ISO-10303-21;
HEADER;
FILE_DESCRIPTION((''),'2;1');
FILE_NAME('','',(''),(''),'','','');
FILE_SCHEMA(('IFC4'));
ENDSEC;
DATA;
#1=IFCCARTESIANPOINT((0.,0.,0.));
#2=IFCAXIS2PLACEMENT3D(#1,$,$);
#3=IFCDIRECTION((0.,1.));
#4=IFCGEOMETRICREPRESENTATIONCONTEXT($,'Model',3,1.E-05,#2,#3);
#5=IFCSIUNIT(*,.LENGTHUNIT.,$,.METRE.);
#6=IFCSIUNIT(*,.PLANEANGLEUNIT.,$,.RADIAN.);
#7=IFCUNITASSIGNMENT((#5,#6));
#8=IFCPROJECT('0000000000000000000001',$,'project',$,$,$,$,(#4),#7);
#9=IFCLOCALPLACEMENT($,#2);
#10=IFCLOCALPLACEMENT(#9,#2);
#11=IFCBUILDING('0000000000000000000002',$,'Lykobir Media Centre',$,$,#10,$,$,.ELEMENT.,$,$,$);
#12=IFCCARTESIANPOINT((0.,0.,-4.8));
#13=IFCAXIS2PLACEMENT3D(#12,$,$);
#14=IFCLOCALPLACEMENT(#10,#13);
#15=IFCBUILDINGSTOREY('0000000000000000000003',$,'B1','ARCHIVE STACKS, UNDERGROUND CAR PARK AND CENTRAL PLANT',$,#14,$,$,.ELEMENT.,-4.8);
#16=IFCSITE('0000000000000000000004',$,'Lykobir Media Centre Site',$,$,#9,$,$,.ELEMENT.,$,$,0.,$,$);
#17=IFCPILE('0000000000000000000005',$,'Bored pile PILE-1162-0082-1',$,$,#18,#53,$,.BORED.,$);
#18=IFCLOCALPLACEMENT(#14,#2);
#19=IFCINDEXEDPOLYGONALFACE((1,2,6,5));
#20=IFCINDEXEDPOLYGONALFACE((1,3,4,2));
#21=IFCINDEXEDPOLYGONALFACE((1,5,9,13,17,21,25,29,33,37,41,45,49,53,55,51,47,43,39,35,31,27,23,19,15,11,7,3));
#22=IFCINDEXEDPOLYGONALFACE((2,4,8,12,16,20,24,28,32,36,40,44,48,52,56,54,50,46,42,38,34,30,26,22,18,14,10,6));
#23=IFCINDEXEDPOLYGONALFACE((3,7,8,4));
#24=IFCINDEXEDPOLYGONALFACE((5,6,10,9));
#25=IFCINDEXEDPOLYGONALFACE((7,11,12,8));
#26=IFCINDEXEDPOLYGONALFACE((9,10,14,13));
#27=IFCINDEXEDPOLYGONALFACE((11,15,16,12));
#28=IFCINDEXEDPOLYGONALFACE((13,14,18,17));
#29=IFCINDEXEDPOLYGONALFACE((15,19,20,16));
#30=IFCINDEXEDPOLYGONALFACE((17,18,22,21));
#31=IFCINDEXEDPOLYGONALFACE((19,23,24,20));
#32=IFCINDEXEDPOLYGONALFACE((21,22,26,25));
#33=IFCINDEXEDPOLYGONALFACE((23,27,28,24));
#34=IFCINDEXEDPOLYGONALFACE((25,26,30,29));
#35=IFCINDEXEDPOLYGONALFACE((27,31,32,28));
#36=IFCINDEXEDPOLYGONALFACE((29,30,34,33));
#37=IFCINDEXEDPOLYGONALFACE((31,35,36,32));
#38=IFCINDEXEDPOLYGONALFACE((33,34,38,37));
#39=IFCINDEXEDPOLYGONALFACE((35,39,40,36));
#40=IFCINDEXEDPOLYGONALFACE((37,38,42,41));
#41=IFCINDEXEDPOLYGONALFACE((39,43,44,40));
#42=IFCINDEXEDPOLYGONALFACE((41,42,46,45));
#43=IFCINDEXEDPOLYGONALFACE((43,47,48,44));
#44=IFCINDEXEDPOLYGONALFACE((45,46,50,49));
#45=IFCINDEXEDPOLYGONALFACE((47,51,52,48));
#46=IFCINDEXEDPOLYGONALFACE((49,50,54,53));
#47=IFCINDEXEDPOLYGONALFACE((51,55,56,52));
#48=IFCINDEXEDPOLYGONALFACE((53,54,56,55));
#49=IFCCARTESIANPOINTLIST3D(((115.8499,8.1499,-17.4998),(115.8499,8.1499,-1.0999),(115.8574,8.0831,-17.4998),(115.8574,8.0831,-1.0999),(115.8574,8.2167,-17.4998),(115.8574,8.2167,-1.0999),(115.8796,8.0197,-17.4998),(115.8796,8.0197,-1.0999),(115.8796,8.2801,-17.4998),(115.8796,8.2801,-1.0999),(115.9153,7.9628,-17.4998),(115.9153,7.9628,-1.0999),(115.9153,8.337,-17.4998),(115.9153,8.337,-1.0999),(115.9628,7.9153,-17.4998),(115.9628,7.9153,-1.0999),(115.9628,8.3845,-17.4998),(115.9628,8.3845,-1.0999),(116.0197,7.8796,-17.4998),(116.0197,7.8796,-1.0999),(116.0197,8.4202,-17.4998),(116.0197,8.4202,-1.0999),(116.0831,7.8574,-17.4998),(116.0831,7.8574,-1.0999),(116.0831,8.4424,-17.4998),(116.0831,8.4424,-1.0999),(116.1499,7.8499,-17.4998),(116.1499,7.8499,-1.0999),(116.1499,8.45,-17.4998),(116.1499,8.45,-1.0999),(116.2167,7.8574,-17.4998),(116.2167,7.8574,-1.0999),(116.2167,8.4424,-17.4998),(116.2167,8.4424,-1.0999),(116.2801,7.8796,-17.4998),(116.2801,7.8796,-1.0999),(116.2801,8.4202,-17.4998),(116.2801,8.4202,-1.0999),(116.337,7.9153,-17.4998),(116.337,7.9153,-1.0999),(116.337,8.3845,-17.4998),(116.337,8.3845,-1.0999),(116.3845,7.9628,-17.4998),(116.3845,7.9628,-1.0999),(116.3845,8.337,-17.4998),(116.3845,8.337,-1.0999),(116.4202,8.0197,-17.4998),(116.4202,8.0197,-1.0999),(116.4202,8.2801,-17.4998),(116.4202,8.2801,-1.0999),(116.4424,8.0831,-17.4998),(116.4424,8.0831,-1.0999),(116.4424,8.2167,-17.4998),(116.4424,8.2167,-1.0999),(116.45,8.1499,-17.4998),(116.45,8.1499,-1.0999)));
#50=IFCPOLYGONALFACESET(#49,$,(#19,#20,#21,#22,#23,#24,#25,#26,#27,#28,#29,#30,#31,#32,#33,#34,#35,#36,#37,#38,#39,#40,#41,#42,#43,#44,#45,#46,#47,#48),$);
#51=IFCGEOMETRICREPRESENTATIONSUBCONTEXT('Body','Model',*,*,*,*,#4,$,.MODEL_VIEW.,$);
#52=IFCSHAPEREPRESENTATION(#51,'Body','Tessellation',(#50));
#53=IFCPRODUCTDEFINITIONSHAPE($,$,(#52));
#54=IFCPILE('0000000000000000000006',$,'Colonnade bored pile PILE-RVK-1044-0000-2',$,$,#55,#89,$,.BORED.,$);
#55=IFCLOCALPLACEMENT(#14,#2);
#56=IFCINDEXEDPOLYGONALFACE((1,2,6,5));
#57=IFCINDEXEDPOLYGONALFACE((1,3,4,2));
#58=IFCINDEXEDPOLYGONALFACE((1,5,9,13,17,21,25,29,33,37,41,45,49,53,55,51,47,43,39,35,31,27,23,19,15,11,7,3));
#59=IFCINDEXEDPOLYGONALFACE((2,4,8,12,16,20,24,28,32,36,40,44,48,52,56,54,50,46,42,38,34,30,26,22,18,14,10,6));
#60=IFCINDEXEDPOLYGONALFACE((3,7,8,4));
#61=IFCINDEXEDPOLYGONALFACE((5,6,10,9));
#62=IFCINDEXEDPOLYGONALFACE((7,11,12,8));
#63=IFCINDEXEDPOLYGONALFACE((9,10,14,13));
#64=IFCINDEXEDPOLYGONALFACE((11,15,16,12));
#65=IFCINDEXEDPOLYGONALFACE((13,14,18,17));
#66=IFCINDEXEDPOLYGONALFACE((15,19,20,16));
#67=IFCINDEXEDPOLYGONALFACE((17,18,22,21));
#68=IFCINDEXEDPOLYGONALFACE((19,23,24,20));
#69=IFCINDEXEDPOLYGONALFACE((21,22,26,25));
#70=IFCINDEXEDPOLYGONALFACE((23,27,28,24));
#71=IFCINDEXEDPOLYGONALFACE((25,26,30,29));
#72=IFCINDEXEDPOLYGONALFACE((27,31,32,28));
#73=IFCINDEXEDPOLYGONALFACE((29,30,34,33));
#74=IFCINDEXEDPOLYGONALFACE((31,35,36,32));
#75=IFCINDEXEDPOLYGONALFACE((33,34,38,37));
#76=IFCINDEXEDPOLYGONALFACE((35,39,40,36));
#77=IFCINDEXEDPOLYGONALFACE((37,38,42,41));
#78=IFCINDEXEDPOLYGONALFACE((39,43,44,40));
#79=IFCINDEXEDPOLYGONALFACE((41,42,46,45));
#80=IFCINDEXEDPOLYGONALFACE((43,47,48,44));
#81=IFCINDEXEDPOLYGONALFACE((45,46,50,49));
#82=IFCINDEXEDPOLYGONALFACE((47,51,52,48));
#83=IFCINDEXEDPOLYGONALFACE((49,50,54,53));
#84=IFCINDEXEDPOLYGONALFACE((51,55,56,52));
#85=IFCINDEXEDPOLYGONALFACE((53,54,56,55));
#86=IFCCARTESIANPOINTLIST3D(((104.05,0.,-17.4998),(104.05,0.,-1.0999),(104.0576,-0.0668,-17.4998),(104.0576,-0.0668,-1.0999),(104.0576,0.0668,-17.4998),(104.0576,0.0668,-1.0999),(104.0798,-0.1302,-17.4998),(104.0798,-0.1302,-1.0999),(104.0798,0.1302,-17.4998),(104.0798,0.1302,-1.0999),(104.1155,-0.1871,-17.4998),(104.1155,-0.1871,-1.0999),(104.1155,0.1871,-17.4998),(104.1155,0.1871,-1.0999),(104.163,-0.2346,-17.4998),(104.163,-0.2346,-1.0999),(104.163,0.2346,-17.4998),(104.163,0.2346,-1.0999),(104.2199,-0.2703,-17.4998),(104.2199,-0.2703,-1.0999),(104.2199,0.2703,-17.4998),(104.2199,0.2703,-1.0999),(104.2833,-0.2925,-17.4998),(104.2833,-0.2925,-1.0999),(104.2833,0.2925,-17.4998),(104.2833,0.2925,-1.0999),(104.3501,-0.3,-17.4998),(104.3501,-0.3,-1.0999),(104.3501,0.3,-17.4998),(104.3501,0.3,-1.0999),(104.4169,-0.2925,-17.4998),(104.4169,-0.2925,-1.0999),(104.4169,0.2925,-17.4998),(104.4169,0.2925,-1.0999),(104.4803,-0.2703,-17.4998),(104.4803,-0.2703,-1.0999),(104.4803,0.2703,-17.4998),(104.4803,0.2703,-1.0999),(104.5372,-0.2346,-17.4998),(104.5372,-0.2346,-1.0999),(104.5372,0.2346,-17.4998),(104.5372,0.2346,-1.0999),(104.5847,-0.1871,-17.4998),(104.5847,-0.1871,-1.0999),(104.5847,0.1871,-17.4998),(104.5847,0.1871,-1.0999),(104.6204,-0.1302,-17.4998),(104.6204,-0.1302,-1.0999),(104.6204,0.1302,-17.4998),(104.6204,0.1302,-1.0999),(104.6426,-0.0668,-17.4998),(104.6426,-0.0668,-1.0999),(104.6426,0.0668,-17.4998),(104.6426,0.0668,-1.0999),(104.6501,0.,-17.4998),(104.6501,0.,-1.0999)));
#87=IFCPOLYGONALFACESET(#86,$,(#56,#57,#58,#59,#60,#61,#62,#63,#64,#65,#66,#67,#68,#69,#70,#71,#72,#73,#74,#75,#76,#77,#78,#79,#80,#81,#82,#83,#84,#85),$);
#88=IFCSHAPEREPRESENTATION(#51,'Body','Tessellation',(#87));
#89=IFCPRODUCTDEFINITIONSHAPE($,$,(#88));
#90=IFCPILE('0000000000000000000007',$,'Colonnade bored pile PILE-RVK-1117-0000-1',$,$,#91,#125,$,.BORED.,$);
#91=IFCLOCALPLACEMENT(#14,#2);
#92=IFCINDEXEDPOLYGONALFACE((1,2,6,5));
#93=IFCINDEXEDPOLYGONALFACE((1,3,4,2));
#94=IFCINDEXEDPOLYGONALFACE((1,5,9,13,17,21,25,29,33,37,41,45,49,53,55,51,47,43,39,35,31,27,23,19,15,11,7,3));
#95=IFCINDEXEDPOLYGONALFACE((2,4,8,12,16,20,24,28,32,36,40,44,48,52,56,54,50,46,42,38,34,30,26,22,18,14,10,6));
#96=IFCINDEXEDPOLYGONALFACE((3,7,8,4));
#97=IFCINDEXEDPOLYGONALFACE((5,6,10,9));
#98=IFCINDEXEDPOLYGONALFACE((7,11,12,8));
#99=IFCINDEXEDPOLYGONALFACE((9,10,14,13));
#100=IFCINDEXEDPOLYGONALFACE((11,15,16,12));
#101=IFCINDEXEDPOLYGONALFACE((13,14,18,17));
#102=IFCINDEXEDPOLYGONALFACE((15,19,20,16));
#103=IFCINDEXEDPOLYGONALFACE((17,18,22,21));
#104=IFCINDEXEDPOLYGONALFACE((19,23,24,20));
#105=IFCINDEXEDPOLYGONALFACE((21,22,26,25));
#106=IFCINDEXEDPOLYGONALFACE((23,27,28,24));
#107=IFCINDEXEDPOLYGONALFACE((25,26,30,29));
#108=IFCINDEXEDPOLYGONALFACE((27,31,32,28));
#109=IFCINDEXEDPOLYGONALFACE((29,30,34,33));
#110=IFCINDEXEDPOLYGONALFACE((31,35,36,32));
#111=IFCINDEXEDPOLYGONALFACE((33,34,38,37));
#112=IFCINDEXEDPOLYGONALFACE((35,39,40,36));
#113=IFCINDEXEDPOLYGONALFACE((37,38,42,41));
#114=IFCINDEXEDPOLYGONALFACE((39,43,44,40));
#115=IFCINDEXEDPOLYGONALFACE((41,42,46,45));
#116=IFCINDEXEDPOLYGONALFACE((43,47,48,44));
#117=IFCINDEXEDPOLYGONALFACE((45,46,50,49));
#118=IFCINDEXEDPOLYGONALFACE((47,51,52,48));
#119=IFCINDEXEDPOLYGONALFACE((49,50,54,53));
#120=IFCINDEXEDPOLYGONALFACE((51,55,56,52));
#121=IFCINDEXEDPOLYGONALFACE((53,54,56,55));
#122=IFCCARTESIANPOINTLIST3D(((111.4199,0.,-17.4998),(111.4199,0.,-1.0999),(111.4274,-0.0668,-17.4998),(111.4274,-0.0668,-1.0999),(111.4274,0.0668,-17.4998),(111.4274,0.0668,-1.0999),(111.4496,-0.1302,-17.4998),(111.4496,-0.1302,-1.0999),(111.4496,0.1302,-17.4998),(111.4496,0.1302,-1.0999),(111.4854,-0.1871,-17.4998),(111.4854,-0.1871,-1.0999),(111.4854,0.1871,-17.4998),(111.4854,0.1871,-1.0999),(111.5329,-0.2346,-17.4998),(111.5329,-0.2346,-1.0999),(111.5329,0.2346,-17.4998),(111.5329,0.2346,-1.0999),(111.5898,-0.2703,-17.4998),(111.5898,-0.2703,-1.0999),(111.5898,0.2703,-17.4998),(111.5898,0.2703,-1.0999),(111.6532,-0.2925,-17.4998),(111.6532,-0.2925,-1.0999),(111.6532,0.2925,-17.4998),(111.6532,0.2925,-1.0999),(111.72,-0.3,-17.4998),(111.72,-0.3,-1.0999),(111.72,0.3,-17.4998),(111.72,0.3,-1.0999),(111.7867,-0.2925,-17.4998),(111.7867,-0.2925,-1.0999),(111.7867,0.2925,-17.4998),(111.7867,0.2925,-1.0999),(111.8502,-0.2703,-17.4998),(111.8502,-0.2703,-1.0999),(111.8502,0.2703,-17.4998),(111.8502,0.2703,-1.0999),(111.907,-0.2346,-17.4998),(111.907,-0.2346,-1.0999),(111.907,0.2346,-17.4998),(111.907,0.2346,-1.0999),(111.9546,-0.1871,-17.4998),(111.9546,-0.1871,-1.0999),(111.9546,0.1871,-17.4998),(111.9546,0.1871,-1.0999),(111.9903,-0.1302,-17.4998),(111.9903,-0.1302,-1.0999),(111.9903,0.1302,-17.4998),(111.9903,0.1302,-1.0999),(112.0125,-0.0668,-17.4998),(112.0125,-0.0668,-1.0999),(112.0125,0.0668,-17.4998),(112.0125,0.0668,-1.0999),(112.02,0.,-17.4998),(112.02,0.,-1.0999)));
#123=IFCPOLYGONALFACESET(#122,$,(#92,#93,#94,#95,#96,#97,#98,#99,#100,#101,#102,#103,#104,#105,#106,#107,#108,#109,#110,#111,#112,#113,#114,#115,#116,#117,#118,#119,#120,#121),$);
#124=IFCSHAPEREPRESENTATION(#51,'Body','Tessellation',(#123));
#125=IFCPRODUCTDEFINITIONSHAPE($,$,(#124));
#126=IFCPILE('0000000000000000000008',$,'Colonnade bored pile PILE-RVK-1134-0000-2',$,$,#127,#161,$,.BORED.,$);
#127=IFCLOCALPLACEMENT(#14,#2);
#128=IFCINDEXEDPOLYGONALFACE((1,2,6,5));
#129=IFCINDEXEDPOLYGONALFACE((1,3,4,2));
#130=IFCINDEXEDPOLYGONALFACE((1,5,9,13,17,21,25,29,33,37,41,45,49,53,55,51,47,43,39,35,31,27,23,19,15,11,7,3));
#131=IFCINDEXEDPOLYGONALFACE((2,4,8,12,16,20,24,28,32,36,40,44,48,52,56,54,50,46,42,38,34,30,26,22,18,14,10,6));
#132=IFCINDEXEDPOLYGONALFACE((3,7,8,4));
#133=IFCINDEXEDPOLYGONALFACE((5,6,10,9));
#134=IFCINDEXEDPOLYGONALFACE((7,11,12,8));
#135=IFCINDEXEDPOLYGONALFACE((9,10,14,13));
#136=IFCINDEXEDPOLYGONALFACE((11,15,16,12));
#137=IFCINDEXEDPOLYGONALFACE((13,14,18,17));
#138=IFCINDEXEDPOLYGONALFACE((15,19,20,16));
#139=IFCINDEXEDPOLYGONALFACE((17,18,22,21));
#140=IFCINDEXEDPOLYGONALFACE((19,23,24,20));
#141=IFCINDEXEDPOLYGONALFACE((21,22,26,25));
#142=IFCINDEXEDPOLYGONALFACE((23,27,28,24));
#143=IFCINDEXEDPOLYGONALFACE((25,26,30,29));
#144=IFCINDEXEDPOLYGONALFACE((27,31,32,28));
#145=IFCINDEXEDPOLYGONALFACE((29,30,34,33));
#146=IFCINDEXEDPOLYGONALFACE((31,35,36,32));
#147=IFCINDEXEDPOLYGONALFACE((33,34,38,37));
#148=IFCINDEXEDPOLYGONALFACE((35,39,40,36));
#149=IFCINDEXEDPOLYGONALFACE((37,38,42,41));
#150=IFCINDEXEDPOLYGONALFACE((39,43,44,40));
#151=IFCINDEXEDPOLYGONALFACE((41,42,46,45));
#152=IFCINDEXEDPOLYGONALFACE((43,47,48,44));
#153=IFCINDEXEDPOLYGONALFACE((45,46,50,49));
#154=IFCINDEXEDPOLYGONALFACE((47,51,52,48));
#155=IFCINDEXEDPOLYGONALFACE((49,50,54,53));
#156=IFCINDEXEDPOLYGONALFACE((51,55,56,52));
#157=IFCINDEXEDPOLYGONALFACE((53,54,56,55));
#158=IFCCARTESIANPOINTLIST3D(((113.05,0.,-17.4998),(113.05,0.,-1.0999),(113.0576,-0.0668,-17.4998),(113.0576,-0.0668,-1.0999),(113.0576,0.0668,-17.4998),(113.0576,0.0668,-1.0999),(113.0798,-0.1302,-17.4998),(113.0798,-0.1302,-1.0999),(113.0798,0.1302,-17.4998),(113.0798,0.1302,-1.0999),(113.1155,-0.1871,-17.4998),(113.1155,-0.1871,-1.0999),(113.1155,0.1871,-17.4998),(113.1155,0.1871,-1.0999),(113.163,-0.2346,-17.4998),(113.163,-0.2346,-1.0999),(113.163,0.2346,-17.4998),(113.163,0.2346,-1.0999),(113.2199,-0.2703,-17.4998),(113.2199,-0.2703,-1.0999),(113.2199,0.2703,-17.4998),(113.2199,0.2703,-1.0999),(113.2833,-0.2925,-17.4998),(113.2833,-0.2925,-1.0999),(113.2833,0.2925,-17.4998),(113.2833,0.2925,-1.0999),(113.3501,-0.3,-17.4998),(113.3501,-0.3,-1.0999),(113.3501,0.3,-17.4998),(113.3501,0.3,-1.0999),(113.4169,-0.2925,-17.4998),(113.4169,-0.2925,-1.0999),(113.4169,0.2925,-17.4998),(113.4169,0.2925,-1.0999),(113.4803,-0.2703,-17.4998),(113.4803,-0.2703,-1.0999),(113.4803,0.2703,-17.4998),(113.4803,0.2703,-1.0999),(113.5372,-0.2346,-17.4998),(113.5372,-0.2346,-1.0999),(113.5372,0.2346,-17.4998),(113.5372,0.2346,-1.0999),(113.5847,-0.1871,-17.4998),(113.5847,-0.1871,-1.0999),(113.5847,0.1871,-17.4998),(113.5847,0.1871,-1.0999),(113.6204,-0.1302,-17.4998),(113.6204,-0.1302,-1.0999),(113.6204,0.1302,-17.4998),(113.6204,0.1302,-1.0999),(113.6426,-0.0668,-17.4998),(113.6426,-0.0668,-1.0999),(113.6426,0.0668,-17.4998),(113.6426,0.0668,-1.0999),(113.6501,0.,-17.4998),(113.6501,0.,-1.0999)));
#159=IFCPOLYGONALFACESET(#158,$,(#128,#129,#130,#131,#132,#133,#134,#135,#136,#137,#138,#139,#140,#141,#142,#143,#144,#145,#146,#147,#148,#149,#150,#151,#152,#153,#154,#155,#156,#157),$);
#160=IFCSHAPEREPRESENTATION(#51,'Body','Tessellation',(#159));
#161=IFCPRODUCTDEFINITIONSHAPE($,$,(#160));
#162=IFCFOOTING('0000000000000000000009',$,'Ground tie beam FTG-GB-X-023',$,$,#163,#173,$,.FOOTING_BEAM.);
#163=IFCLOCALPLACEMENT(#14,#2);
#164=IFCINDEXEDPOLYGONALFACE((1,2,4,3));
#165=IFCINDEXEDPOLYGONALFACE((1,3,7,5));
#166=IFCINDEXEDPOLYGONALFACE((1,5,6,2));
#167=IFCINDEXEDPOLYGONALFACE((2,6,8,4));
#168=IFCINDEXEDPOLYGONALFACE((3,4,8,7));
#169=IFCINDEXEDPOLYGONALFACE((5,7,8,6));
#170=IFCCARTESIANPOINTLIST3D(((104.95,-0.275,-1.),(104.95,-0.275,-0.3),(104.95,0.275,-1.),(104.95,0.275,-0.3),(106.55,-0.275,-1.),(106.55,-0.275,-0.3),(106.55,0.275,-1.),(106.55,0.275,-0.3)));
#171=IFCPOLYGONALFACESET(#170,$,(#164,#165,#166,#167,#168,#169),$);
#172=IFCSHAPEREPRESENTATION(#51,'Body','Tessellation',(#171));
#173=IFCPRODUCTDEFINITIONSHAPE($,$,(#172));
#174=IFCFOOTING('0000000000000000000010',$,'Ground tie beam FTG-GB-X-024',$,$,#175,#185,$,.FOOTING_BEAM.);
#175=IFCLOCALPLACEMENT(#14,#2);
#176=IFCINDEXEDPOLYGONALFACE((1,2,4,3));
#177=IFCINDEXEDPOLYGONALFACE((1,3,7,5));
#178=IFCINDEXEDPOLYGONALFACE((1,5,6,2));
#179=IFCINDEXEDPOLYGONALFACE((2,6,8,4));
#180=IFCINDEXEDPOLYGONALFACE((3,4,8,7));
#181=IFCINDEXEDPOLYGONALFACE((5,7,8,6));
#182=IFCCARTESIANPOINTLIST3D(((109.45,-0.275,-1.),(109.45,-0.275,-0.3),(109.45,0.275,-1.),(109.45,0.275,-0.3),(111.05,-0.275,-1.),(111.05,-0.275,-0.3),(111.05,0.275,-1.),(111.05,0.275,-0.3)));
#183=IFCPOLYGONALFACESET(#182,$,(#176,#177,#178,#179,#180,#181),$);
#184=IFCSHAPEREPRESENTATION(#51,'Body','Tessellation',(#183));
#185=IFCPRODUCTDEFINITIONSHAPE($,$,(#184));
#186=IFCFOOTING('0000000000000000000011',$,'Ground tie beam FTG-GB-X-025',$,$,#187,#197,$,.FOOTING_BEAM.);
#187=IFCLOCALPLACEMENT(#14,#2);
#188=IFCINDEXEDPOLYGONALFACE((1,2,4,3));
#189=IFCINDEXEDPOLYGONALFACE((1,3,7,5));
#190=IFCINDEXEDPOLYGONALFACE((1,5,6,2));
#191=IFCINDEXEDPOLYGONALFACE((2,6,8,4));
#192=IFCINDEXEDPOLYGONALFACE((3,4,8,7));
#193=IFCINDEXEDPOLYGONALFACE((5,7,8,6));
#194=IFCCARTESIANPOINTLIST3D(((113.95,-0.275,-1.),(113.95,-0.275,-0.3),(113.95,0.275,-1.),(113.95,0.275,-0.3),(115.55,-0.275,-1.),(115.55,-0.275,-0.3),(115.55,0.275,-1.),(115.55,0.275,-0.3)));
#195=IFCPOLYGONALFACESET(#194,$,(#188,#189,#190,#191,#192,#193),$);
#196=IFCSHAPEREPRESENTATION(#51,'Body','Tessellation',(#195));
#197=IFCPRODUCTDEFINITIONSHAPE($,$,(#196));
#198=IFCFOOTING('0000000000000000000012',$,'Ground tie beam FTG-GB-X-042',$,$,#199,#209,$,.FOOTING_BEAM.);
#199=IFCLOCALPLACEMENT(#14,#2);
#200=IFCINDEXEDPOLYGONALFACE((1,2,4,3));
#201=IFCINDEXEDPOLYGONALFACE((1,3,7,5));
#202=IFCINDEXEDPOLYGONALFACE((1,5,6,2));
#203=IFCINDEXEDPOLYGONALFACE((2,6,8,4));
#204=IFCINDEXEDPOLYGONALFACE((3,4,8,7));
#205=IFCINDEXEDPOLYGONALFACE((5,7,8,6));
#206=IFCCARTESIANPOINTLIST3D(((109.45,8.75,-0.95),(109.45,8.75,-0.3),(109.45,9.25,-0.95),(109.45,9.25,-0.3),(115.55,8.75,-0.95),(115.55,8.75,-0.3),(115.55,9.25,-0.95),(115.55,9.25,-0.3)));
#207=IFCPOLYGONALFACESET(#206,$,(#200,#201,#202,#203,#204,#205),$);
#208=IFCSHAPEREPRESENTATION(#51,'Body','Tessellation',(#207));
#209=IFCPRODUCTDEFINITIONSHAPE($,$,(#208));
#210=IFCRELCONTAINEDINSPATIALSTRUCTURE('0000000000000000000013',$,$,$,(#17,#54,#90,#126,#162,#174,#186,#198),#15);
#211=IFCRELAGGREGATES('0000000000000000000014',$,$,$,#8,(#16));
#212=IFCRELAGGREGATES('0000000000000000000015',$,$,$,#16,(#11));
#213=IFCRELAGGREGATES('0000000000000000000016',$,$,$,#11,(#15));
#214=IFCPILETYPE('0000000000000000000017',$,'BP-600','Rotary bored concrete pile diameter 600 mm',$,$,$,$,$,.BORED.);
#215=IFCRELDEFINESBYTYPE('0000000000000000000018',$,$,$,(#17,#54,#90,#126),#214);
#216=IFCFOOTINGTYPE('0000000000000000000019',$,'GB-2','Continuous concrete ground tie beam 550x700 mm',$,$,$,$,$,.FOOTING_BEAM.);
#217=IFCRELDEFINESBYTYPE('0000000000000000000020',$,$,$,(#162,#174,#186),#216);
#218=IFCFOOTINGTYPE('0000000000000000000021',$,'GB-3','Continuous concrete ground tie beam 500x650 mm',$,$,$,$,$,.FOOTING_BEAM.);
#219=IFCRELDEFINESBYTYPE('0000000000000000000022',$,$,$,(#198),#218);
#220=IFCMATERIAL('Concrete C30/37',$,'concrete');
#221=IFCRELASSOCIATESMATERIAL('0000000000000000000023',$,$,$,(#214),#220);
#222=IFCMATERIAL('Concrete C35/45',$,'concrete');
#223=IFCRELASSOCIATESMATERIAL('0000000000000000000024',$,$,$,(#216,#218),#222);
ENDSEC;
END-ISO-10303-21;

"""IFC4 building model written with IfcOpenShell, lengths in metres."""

from ifc_helpers import new_model, si_unit, direction, frame, origin, origin_2d, place, context, subcontext, project, spatial, rectangle, circle, extrude, material, material_profile, profile_set, type_object, element, save


model = new_model("IFC4")

# Units and contexts
model_context = context("Model", 3, precision=1e-05, world=origin(), true_north=direction((0.0, 1.0)))
body_context = subcontext(model_context, "Body", "Model", "MODEL_VIEW")
ifc_project = project(units=[si_unit("LENGTHUNIT", "METRE"), si_unit("PLANEANGLEUNIT", "RADIAN")], contexts=[model_context])

# Site, building, storey
site_placement = place(None, origin())
site = spatial("IfcSite", under=ifc_project, at=site_placement, Name="Lykobir Media Centre Site", CompositionType="ELEMENT", RefElevation=0.0)
building_placement = place(site_placement, origin())
building = spatial("IfcBuilding", under=site, at=building_placement, Name="Lykobir Media Centre", CompositionType="ELEMENT")
storey_placement = place(building_placement, frame((0.0, 0.0, -4.8)))
storey = spatial("IfcBuildingStorey", under=building, at=storey_placement, Name="B1", Description="ARCHIVE STACKS, UNDERGROUND CAR PARK AND CENTRAL PLANT", CompositionType="ELEMENT", Elevation=-4.8)

# Piles
ifc_material_1 = material(Name="Concrete C30/37", Category="concrete")
ifc_material_profile_1 = material_profile(ifc_material_1, circle(Radius=0.3, at=origin_2d()), Name="BORED PILE D600")
ifc_profile_set_1 = profile_set([ifc_material_profile_1], Name="Concrete C30/37")
pile_type = type_object("IfcPileType", Name="BP-600", Description="Rotary bored concrete pile diameter 600 mm", PredefinedType="BORED", material=ifc_profile_set_1)
for number, where, z_axis, x_axis, name in (
    (1, (116.1499, 8.1499, -1.0999), (0.0, 0.0, -1.0), (1.0, 0.0, 0.0), "Bored pile PILE-1162-0082-1"),
    (2, (104.3501, 0.0, -1.0999), (0.0, 0.0, -1.0), (1.0, 0.0, 0.0), "Colonnade bored pile PILE-RVK-1044-0000-2"),
    (3, (111.72, 0.0, -1.0999), (0.0, 0.0, -1.0), (1.0, 0.0, 0.0), "Colonnade bored pile PILE-RVK-1117-0000-1"),
    (4, (113.3501, 0.0, -1.0999), (0.0, 0.0, -1.0), (1.0, 0.0, 0.0), "Colonnade bored pile PILE-RVK-1134-0000-2"),
):
    element("IfcPile", number, at=place(storey_placement, frame(where, z_axis=z_axis, x_axis=x_axis)), inside=storey, type_object=pile_type, Name=name, PredefinedType="BORED", context=body_context, shape_type="SweptSolid", body=[
        extrude(circle(Radius=0.3, at=origin_2d()), origin(), (0.0, 0.0, 1.0), 16.3999),
    ])

# Footings
ifc_material_2 = material(Name="Concrete C35/45", Category="concrete")
footing_type_1 = type_object("IfcFootingType", Name="GB-2", Description="Continuous concrete ground tie beam 550x700 mm", PredefinedType="FOOTING_BEAM", material=ifc_material_2)
for number, where, z_axis, x_axis, name in (
    (5, (105.75, 0.0, -1.0), (0.0, 0.0, 1.0), (1.0, 0.0, 0.0), "Ground tie beam FTG-GB-X-023"),
    (6, (110.25, 0.0, -1.0), (0.0, 0.0, 1.0), (1.0, 0.0, 0.0), "Ground tie beam FTG-GB-X-024"),
    (7, (114.75, 0.0, -1.0), (0.0, 0.0, 1.0), (1.0, 0.0, 0.0), "Ground tie beam FTG-GB-X-025"),
):
    element("IfcFooting", number, at=place(storey_placement, frame(where, z_axis=z_axis, x_axis=x_axis)), inside=storey, type_object=footing_type_1, Name=name, PredefinedType="FOOTING_BEAM", context=body_context, shape_type="SweptSolid", body=[
        extrude(rectangle(XDim=1.6001, YDim=0.55, at=origin_2d()), origin(), (0.0, 0.0, 1.0), 0.7),
    ])
footing_type_2 = type_object("IfcFootingType", Name="GB-3", Description="Continuous concrete ground tie beam 500x650 mm", PredefinedType="FOOTING_BEAM", material=ifc_material_2)
footing_1_placement = place(storey_placement, frame((112.5, 9.0, -0.95), z_axis=(0.0, 0.0, 1.0), x_axis=(1.0, 0.0, 0.0)))
element("IfcFooting", 8, at=footing_1_placement, inside=storey, type_object=footing_type_2, Name="Ground tie beam FTG-GB-X-042", PredefinedType="FOOTING_BEAM", context=body_context, shape_type="SweptSolid", body=[
    extrude(rectangle(XDim=6.1001, YDim=0.5, at=origin_2d()), origin(), (0.0, 0.0, 1.0), 0.6499),
])

save(model, "model.ifc")
